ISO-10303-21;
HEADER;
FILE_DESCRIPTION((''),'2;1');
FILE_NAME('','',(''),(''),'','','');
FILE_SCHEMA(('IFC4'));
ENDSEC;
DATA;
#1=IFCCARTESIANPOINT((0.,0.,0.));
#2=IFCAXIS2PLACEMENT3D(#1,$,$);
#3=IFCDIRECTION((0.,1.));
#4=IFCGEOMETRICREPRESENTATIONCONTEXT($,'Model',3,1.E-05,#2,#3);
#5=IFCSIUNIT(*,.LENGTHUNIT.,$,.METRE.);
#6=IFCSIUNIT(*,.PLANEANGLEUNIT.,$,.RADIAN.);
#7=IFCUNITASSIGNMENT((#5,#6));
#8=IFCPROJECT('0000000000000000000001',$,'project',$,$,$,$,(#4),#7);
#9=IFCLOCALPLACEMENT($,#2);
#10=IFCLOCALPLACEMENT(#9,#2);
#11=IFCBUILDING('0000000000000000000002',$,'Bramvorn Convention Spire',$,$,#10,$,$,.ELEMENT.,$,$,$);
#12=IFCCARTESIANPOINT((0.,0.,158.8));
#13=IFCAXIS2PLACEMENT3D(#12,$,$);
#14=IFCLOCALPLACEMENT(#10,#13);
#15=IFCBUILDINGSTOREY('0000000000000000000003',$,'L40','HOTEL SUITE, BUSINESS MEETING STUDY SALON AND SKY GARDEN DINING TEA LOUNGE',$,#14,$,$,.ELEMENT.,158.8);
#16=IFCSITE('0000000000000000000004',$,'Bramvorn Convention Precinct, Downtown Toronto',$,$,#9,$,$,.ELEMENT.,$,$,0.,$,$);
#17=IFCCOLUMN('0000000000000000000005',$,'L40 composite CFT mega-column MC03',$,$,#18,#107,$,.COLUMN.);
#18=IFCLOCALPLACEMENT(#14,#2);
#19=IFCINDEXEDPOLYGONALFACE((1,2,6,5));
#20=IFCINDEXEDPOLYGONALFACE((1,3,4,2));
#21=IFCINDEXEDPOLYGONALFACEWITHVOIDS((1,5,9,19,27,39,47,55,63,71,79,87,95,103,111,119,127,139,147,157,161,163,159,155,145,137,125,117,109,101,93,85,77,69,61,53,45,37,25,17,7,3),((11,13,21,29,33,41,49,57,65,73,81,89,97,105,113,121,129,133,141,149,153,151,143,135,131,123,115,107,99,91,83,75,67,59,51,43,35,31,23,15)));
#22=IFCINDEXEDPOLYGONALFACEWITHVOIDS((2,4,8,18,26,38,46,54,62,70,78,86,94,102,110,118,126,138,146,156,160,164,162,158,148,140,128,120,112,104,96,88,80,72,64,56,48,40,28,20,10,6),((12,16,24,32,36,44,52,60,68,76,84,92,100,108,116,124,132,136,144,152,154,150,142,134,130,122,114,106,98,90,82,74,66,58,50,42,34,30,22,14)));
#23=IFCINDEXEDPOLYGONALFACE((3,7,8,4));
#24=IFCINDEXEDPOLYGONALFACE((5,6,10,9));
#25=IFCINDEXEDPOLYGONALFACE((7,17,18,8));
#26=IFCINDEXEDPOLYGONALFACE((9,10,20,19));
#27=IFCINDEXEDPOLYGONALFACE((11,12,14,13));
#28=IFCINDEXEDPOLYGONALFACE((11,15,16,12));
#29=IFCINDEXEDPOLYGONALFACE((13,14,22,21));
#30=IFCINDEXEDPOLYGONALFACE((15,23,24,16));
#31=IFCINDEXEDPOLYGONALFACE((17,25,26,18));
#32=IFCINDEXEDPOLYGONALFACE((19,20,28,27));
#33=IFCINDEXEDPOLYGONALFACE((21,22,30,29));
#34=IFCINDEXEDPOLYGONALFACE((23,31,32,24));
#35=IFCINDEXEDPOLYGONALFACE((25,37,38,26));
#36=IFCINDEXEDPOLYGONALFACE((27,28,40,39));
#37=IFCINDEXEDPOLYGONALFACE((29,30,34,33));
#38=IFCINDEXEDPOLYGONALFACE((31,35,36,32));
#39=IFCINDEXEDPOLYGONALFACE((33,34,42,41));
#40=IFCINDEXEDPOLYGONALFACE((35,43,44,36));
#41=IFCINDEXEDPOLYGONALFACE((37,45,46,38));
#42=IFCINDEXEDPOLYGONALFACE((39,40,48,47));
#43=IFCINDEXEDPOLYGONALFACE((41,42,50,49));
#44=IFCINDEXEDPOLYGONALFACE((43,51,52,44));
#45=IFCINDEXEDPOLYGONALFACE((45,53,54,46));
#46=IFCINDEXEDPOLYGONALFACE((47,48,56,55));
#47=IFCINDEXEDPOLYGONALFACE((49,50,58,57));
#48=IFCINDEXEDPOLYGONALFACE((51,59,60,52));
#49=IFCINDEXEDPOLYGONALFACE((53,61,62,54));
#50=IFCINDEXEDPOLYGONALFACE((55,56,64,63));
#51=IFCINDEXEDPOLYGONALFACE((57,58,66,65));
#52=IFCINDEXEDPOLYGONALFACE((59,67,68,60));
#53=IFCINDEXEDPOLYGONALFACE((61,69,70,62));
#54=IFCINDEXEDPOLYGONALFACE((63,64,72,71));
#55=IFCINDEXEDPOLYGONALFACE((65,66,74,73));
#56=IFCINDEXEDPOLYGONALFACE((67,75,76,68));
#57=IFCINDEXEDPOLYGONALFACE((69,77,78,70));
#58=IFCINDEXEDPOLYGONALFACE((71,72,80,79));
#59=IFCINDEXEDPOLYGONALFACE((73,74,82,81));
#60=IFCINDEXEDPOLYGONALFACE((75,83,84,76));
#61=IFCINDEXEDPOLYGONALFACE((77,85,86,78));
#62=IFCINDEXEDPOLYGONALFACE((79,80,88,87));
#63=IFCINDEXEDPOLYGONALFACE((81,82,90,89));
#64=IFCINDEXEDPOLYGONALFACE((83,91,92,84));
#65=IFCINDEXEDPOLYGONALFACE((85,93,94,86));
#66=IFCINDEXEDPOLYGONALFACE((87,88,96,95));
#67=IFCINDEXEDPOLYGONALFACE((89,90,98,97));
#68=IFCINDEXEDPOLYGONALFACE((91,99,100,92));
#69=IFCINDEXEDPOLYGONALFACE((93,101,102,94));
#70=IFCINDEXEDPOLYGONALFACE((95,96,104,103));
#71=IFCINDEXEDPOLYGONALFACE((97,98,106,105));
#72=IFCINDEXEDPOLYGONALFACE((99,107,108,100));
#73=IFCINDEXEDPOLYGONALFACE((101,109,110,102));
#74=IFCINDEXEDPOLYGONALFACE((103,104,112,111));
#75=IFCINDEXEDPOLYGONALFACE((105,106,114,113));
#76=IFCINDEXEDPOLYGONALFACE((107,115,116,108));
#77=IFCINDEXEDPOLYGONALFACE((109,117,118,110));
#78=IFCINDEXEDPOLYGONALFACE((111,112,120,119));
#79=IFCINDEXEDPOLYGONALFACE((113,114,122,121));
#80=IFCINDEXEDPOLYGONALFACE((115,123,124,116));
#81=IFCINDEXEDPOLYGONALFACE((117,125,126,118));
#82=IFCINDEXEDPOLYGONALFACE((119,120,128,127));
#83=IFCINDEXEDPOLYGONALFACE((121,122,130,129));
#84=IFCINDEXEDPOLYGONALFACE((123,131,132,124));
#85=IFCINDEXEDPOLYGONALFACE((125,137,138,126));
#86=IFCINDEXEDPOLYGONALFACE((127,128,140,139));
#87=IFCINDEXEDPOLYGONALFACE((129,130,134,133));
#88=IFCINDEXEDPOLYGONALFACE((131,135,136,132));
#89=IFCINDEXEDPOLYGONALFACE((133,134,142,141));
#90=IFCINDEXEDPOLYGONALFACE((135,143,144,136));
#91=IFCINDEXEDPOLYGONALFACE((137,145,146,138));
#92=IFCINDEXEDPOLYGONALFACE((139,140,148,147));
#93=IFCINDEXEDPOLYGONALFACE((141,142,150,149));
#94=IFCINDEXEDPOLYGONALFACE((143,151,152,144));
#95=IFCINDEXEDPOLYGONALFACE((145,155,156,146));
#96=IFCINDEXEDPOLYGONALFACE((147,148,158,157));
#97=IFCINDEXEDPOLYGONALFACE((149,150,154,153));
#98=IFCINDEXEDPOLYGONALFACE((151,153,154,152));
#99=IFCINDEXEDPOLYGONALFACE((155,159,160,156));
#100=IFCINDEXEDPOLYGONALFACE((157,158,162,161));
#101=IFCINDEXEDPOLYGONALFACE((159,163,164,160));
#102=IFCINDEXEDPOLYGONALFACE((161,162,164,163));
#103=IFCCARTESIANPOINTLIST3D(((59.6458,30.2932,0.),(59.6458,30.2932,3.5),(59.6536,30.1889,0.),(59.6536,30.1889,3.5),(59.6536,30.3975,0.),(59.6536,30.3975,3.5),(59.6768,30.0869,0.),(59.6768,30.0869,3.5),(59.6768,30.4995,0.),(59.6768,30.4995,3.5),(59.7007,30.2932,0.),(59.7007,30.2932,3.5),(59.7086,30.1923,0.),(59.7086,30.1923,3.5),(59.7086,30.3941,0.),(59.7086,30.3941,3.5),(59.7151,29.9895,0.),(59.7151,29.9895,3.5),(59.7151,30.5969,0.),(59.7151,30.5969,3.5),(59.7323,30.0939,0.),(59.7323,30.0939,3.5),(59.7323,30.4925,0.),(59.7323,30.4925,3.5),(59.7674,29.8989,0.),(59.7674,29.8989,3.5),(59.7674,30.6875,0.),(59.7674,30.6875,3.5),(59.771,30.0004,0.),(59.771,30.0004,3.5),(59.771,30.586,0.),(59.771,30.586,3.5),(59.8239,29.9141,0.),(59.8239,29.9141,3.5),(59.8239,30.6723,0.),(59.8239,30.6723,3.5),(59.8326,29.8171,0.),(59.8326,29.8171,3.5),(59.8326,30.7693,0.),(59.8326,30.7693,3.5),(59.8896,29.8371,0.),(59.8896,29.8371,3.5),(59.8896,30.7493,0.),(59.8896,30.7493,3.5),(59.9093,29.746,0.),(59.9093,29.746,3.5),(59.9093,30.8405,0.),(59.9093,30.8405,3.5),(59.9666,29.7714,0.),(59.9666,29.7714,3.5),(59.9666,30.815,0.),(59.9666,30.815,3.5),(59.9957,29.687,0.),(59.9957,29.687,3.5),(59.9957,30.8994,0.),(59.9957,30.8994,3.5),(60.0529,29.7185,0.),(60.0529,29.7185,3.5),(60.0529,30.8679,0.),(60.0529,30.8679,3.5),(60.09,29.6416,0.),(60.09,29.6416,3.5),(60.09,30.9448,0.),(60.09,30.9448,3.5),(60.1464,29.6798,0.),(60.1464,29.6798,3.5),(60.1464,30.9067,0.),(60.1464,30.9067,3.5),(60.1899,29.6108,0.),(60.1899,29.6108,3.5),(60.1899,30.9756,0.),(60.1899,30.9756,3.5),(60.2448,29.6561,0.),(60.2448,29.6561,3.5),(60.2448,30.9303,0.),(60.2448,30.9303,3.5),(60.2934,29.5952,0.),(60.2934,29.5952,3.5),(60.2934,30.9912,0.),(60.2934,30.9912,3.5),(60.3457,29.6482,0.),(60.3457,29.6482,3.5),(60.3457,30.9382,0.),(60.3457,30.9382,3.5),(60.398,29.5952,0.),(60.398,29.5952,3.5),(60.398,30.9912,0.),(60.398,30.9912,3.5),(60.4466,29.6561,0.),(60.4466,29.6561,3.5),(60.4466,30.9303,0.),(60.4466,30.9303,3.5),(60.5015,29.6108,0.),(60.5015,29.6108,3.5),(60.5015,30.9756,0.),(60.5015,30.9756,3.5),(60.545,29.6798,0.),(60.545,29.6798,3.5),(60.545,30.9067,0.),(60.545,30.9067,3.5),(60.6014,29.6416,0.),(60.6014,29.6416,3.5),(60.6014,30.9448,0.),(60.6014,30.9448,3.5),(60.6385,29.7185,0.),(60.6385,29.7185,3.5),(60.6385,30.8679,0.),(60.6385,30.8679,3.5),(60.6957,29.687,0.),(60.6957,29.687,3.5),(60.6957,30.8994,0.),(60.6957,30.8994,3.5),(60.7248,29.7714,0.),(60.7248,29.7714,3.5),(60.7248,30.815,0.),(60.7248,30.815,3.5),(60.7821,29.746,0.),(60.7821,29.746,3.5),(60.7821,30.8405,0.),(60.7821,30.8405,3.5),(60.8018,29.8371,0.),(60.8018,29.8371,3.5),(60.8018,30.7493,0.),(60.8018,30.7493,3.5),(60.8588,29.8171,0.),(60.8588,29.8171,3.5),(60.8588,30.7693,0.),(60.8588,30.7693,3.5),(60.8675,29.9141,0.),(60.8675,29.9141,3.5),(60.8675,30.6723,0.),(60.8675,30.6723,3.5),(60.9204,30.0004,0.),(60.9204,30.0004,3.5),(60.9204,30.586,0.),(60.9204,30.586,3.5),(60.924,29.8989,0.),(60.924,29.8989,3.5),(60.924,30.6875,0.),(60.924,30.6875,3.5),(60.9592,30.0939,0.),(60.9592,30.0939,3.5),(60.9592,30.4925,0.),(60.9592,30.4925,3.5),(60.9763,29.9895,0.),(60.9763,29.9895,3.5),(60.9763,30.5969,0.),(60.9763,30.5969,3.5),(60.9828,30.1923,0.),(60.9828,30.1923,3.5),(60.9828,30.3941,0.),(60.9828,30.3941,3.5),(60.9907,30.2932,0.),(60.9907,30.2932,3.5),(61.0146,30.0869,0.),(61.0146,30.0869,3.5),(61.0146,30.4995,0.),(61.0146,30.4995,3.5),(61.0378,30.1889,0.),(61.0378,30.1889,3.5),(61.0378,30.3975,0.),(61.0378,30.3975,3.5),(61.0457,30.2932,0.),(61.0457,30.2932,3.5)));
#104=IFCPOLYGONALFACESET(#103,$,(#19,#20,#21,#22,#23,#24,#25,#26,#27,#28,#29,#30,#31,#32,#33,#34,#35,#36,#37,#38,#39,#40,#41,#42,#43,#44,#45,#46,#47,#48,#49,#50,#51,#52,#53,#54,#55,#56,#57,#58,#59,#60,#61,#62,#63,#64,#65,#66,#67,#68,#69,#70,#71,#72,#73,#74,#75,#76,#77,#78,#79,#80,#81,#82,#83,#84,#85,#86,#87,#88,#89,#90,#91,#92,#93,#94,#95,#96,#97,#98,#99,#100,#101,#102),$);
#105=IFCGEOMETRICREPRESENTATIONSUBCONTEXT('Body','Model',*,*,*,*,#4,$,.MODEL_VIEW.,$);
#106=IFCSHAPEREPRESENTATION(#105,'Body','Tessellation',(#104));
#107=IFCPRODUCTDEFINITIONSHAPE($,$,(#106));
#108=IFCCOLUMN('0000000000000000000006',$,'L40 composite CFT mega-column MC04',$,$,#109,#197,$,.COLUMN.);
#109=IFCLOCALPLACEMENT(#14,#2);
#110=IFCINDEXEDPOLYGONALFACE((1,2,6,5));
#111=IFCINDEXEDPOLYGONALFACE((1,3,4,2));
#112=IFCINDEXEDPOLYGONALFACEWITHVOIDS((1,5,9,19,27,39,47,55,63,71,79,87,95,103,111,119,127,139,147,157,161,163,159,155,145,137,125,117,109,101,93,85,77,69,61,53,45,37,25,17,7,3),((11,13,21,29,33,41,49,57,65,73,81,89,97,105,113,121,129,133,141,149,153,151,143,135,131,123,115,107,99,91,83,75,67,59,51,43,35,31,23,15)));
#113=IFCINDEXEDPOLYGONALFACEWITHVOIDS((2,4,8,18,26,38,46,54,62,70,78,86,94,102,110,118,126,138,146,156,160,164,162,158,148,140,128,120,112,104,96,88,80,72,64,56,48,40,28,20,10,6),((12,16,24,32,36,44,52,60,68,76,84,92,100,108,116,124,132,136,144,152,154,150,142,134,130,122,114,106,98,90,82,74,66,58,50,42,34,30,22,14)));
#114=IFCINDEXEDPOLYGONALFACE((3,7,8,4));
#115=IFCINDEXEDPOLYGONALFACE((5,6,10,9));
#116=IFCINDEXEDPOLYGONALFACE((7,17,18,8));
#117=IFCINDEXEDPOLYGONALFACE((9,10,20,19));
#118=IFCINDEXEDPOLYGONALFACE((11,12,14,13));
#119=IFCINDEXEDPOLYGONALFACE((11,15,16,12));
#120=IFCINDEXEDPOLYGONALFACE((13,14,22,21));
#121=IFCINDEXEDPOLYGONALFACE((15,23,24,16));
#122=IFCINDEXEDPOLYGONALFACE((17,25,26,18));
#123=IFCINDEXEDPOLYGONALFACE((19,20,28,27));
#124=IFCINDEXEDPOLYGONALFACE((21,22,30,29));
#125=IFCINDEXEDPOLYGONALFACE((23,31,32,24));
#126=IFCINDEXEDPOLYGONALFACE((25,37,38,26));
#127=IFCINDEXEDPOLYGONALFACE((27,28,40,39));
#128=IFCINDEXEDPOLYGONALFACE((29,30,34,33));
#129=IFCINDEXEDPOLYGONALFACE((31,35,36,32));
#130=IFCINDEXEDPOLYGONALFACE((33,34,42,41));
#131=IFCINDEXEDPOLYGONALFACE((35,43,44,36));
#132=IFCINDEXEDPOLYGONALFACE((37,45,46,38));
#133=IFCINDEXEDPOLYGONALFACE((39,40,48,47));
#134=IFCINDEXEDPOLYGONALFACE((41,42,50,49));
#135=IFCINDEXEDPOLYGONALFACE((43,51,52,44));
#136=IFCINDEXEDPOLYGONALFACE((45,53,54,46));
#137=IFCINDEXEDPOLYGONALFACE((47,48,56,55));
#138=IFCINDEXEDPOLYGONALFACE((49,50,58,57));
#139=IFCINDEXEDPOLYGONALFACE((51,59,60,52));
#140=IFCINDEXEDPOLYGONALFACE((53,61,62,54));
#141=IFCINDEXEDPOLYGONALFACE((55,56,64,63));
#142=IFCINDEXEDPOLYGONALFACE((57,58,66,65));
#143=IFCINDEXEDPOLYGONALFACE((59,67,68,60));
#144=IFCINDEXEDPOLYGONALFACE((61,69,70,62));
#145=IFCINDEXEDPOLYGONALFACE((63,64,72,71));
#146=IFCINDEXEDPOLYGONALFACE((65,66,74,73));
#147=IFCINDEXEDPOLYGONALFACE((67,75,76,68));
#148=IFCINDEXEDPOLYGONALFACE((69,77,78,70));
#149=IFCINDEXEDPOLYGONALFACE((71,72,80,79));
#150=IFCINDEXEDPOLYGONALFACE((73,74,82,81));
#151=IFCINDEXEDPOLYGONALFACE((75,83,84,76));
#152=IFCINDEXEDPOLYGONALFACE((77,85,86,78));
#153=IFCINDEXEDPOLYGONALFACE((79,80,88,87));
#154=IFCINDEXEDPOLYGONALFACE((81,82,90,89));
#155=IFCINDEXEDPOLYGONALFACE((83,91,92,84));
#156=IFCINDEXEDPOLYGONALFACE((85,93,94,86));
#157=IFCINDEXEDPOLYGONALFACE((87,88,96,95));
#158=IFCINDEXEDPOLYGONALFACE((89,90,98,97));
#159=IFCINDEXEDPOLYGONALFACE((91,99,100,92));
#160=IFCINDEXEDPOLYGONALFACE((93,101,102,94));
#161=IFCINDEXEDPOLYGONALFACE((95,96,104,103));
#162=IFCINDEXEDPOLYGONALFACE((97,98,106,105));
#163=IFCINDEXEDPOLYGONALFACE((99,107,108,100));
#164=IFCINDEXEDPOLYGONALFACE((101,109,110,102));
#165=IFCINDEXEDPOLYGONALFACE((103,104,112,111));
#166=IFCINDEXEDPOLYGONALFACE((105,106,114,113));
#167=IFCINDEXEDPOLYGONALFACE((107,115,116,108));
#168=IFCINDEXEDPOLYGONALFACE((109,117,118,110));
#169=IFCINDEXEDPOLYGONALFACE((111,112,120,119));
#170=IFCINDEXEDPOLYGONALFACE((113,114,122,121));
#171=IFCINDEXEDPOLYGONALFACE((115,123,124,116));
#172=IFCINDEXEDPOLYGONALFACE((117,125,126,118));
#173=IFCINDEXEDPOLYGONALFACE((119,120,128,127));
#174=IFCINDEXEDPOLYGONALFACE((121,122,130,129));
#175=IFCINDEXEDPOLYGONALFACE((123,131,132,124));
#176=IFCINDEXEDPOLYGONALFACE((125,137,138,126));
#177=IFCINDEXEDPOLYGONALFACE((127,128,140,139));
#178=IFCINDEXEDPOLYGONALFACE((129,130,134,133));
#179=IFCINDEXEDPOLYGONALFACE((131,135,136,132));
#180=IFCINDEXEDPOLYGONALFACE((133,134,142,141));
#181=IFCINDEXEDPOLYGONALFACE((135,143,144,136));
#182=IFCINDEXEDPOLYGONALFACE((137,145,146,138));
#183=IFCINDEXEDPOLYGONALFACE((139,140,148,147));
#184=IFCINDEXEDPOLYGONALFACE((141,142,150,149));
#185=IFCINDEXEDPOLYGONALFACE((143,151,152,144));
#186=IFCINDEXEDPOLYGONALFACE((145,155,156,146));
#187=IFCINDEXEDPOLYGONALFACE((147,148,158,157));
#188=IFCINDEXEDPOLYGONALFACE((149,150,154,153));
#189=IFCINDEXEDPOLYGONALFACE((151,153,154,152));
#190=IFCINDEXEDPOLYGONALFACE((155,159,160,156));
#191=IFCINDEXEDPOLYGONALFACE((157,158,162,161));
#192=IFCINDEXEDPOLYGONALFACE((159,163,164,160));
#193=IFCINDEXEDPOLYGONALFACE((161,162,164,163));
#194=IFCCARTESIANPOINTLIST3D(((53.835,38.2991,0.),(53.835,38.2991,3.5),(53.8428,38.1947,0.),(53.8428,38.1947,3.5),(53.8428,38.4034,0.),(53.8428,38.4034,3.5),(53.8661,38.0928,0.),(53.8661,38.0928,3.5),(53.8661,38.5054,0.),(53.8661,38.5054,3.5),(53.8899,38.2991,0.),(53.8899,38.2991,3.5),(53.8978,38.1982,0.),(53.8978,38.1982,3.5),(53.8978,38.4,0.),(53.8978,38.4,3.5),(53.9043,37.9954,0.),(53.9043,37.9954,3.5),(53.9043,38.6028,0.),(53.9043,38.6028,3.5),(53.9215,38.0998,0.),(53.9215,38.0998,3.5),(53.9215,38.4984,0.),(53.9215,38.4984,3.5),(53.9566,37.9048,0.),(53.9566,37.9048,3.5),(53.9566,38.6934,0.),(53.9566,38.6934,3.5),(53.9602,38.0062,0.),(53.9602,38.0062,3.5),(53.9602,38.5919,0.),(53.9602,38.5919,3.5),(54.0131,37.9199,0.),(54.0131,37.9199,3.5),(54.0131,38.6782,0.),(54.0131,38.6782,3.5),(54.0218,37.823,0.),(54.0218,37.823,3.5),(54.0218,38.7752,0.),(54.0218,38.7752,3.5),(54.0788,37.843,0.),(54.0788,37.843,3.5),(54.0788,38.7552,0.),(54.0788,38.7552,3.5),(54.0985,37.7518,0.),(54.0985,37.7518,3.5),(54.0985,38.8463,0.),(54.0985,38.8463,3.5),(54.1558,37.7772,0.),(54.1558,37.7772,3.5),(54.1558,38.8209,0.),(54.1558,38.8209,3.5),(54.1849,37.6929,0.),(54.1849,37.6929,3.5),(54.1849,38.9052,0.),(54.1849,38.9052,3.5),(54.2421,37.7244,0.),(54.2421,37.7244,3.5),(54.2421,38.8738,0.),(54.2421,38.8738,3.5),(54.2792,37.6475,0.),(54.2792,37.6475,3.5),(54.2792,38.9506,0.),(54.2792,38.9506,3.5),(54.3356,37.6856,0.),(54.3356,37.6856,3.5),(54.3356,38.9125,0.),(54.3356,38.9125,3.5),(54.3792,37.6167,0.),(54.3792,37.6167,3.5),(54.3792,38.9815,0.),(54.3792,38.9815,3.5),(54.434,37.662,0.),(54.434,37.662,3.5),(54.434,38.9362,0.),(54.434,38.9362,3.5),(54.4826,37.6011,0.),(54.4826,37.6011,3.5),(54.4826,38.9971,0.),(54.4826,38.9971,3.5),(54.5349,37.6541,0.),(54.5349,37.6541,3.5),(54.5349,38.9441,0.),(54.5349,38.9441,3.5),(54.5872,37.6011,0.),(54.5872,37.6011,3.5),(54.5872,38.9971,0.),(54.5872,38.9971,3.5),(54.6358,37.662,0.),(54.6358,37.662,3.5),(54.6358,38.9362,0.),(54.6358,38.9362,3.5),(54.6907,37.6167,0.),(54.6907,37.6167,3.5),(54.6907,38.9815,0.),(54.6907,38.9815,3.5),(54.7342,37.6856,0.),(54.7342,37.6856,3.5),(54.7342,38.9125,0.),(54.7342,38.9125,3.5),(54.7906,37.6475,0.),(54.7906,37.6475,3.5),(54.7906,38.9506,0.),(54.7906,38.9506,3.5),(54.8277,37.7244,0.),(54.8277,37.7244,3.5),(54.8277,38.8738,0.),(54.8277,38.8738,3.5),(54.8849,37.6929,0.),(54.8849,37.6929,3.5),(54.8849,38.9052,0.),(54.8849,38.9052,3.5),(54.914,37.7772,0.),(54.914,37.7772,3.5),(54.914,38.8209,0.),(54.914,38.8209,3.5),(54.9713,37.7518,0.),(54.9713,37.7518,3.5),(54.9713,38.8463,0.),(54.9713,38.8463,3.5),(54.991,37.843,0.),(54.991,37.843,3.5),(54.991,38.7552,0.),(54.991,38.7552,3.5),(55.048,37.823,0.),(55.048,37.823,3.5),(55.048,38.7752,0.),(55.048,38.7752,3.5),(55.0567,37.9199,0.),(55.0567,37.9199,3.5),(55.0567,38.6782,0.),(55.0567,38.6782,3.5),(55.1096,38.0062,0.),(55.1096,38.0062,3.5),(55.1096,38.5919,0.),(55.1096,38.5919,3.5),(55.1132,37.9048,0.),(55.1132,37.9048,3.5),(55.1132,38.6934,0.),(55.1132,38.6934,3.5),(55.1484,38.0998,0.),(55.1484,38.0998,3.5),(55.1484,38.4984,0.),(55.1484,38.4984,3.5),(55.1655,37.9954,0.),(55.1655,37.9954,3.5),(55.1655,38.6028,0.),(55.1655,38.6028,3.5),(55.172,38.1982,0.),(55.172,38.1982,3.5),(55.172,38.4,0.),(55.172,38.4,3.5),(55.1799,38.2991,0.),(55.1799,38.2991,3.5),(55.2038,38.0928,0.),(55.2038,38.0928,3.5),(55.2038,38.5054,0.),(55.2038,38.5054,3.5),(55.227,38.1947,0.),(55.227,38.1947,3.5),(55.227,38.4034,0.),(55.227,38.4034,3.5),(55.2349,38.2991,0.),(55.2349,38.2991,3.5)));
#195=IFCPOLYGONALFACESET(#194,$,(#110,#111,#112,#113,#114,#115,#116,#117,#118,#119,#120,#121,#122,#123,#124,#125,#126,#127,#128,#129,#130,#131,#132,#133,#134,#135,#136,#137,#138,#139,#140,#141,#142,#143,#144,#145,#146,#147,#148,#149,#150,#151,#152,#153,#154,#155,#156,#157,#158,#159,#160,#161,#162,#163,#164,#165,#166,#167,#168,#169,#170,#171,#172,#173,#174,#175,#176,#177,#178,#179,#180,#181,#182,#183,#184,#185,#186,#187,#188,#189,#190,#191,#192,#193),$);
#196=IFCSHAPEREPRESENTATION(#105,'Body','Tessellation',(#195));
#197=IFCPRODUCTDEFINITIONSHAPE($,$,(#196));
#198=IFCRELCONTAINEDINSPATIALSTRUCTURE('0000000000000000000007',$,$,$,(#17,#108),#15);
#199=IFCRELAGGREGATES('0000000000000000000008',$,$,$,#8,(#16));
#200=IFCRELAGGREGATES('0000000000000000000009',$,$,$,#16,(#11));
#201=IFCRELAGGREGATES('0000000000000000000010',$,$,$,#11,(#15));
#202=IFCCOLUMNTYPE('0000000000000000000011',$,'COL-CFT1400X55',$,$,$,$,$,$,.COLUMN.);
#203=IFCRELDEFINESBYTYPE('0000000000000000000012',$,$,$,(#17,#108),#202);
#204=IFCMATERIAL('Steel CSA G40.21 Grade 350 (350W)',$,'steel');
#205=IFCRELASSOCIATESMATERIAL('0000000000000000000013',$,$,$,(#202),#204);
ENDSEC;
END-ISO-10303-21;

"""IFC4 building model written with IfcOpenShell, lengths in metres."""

from ifc_helpers import new_model, si_unit, direction, frame, origin, origin_2d, place, context, subcontext, project, spatial, hollow_circle, extrude, material, material_profile, profile_set, type_object, element, save


model = new_model("IFC4")

# Units and contexts
model_context = context("Model", 3, precision=1e-05, world=origin(), true_north=direction((0.0, 1.0)))
body_context = subcontext(model_context, "Body", "Model", "MODEL_VIEW")
ifc_project = project(units=[si_unit("LENGTHUNIT", "METRE"), si_unit("PLANEANGLEUNIT", "RADIAN")], contexts=[model_context])

# Site, building, storey
site_placement = place(None, origin())
site = spatial("IfcSite", under=ifc_project, at=site_placement, Name="Bramvorn Convention Precinct, Downtown Toronto", CompositionType="ELEMENT", RefElevation=0.0)
building_placement = place(site_placement, origin())
building = spatial("IfcBuilding", under=site, at=building_placement, Name="Bramvorn Convention Spire", CompositionType="ELEMENT")
storey_placement = place(building_placement, frame((0.0, 0.0, 158.8)))
storey = spatial("IfcBuildingStorey", under=building, at=storey_placement, Name="L40", Description="HOTEL SUITE, BUSINESS MEETING STUDY SALON AND SKY GARDEN DINING TEA LOUNGE", CompositionType="ELEMENT", Elevation=158.8)

# Columns
ifc_material_1 = material(Name="Steel CSA G40.21 Grade 350 (350W)", Category="steel")
ifc_material_profile_1 = material_profile(ifc_material_1, hollow_circle(Radius=0.7, WallThickness=0.0549, at=origin_2d()))
ifc_profile_set_1 = profile_set([ifc_material_profile_1], Name="Steel CSA G40.21 Grade 350 (350W) - CFT1400X55")
column_type = type_object("IfcColumnType", Name="COL-CFT1400X55", PredefinedType="COLUMN", material=ifc_profile_set_1)
for number, where, z_axis, x_axis, name in (
    (1, (60.3457, 30.2932, 0.0), (0.0, 0.0, 1.0), (1.0, 0.0, 0.0), "L40 composite CFT mega-column MC03"),
    (2, (54.5349, 38.2991, 0.0), (0.0, 0.0, 1.0), (1.0, 0.0, 0.0), "L40 composite CFT mega-column MC04"),
):
    element("IfcColumn", number, at=place(storey_placement, frame(where, z_axis=z_axis, x_axis=x_axis)), inside=storey, type_object=column_type, Name=name, PredefinedType="COLUMN", context=body_context, shape_type="SweptSolid", body=[
        extrude(hollow_circle(Radius=0.7, WallThickness=0.0549, at=origin_2d()), origin(), (0.0, 0.0, 1.0), 3.5),
    ])

save(model, "model.ifc")
